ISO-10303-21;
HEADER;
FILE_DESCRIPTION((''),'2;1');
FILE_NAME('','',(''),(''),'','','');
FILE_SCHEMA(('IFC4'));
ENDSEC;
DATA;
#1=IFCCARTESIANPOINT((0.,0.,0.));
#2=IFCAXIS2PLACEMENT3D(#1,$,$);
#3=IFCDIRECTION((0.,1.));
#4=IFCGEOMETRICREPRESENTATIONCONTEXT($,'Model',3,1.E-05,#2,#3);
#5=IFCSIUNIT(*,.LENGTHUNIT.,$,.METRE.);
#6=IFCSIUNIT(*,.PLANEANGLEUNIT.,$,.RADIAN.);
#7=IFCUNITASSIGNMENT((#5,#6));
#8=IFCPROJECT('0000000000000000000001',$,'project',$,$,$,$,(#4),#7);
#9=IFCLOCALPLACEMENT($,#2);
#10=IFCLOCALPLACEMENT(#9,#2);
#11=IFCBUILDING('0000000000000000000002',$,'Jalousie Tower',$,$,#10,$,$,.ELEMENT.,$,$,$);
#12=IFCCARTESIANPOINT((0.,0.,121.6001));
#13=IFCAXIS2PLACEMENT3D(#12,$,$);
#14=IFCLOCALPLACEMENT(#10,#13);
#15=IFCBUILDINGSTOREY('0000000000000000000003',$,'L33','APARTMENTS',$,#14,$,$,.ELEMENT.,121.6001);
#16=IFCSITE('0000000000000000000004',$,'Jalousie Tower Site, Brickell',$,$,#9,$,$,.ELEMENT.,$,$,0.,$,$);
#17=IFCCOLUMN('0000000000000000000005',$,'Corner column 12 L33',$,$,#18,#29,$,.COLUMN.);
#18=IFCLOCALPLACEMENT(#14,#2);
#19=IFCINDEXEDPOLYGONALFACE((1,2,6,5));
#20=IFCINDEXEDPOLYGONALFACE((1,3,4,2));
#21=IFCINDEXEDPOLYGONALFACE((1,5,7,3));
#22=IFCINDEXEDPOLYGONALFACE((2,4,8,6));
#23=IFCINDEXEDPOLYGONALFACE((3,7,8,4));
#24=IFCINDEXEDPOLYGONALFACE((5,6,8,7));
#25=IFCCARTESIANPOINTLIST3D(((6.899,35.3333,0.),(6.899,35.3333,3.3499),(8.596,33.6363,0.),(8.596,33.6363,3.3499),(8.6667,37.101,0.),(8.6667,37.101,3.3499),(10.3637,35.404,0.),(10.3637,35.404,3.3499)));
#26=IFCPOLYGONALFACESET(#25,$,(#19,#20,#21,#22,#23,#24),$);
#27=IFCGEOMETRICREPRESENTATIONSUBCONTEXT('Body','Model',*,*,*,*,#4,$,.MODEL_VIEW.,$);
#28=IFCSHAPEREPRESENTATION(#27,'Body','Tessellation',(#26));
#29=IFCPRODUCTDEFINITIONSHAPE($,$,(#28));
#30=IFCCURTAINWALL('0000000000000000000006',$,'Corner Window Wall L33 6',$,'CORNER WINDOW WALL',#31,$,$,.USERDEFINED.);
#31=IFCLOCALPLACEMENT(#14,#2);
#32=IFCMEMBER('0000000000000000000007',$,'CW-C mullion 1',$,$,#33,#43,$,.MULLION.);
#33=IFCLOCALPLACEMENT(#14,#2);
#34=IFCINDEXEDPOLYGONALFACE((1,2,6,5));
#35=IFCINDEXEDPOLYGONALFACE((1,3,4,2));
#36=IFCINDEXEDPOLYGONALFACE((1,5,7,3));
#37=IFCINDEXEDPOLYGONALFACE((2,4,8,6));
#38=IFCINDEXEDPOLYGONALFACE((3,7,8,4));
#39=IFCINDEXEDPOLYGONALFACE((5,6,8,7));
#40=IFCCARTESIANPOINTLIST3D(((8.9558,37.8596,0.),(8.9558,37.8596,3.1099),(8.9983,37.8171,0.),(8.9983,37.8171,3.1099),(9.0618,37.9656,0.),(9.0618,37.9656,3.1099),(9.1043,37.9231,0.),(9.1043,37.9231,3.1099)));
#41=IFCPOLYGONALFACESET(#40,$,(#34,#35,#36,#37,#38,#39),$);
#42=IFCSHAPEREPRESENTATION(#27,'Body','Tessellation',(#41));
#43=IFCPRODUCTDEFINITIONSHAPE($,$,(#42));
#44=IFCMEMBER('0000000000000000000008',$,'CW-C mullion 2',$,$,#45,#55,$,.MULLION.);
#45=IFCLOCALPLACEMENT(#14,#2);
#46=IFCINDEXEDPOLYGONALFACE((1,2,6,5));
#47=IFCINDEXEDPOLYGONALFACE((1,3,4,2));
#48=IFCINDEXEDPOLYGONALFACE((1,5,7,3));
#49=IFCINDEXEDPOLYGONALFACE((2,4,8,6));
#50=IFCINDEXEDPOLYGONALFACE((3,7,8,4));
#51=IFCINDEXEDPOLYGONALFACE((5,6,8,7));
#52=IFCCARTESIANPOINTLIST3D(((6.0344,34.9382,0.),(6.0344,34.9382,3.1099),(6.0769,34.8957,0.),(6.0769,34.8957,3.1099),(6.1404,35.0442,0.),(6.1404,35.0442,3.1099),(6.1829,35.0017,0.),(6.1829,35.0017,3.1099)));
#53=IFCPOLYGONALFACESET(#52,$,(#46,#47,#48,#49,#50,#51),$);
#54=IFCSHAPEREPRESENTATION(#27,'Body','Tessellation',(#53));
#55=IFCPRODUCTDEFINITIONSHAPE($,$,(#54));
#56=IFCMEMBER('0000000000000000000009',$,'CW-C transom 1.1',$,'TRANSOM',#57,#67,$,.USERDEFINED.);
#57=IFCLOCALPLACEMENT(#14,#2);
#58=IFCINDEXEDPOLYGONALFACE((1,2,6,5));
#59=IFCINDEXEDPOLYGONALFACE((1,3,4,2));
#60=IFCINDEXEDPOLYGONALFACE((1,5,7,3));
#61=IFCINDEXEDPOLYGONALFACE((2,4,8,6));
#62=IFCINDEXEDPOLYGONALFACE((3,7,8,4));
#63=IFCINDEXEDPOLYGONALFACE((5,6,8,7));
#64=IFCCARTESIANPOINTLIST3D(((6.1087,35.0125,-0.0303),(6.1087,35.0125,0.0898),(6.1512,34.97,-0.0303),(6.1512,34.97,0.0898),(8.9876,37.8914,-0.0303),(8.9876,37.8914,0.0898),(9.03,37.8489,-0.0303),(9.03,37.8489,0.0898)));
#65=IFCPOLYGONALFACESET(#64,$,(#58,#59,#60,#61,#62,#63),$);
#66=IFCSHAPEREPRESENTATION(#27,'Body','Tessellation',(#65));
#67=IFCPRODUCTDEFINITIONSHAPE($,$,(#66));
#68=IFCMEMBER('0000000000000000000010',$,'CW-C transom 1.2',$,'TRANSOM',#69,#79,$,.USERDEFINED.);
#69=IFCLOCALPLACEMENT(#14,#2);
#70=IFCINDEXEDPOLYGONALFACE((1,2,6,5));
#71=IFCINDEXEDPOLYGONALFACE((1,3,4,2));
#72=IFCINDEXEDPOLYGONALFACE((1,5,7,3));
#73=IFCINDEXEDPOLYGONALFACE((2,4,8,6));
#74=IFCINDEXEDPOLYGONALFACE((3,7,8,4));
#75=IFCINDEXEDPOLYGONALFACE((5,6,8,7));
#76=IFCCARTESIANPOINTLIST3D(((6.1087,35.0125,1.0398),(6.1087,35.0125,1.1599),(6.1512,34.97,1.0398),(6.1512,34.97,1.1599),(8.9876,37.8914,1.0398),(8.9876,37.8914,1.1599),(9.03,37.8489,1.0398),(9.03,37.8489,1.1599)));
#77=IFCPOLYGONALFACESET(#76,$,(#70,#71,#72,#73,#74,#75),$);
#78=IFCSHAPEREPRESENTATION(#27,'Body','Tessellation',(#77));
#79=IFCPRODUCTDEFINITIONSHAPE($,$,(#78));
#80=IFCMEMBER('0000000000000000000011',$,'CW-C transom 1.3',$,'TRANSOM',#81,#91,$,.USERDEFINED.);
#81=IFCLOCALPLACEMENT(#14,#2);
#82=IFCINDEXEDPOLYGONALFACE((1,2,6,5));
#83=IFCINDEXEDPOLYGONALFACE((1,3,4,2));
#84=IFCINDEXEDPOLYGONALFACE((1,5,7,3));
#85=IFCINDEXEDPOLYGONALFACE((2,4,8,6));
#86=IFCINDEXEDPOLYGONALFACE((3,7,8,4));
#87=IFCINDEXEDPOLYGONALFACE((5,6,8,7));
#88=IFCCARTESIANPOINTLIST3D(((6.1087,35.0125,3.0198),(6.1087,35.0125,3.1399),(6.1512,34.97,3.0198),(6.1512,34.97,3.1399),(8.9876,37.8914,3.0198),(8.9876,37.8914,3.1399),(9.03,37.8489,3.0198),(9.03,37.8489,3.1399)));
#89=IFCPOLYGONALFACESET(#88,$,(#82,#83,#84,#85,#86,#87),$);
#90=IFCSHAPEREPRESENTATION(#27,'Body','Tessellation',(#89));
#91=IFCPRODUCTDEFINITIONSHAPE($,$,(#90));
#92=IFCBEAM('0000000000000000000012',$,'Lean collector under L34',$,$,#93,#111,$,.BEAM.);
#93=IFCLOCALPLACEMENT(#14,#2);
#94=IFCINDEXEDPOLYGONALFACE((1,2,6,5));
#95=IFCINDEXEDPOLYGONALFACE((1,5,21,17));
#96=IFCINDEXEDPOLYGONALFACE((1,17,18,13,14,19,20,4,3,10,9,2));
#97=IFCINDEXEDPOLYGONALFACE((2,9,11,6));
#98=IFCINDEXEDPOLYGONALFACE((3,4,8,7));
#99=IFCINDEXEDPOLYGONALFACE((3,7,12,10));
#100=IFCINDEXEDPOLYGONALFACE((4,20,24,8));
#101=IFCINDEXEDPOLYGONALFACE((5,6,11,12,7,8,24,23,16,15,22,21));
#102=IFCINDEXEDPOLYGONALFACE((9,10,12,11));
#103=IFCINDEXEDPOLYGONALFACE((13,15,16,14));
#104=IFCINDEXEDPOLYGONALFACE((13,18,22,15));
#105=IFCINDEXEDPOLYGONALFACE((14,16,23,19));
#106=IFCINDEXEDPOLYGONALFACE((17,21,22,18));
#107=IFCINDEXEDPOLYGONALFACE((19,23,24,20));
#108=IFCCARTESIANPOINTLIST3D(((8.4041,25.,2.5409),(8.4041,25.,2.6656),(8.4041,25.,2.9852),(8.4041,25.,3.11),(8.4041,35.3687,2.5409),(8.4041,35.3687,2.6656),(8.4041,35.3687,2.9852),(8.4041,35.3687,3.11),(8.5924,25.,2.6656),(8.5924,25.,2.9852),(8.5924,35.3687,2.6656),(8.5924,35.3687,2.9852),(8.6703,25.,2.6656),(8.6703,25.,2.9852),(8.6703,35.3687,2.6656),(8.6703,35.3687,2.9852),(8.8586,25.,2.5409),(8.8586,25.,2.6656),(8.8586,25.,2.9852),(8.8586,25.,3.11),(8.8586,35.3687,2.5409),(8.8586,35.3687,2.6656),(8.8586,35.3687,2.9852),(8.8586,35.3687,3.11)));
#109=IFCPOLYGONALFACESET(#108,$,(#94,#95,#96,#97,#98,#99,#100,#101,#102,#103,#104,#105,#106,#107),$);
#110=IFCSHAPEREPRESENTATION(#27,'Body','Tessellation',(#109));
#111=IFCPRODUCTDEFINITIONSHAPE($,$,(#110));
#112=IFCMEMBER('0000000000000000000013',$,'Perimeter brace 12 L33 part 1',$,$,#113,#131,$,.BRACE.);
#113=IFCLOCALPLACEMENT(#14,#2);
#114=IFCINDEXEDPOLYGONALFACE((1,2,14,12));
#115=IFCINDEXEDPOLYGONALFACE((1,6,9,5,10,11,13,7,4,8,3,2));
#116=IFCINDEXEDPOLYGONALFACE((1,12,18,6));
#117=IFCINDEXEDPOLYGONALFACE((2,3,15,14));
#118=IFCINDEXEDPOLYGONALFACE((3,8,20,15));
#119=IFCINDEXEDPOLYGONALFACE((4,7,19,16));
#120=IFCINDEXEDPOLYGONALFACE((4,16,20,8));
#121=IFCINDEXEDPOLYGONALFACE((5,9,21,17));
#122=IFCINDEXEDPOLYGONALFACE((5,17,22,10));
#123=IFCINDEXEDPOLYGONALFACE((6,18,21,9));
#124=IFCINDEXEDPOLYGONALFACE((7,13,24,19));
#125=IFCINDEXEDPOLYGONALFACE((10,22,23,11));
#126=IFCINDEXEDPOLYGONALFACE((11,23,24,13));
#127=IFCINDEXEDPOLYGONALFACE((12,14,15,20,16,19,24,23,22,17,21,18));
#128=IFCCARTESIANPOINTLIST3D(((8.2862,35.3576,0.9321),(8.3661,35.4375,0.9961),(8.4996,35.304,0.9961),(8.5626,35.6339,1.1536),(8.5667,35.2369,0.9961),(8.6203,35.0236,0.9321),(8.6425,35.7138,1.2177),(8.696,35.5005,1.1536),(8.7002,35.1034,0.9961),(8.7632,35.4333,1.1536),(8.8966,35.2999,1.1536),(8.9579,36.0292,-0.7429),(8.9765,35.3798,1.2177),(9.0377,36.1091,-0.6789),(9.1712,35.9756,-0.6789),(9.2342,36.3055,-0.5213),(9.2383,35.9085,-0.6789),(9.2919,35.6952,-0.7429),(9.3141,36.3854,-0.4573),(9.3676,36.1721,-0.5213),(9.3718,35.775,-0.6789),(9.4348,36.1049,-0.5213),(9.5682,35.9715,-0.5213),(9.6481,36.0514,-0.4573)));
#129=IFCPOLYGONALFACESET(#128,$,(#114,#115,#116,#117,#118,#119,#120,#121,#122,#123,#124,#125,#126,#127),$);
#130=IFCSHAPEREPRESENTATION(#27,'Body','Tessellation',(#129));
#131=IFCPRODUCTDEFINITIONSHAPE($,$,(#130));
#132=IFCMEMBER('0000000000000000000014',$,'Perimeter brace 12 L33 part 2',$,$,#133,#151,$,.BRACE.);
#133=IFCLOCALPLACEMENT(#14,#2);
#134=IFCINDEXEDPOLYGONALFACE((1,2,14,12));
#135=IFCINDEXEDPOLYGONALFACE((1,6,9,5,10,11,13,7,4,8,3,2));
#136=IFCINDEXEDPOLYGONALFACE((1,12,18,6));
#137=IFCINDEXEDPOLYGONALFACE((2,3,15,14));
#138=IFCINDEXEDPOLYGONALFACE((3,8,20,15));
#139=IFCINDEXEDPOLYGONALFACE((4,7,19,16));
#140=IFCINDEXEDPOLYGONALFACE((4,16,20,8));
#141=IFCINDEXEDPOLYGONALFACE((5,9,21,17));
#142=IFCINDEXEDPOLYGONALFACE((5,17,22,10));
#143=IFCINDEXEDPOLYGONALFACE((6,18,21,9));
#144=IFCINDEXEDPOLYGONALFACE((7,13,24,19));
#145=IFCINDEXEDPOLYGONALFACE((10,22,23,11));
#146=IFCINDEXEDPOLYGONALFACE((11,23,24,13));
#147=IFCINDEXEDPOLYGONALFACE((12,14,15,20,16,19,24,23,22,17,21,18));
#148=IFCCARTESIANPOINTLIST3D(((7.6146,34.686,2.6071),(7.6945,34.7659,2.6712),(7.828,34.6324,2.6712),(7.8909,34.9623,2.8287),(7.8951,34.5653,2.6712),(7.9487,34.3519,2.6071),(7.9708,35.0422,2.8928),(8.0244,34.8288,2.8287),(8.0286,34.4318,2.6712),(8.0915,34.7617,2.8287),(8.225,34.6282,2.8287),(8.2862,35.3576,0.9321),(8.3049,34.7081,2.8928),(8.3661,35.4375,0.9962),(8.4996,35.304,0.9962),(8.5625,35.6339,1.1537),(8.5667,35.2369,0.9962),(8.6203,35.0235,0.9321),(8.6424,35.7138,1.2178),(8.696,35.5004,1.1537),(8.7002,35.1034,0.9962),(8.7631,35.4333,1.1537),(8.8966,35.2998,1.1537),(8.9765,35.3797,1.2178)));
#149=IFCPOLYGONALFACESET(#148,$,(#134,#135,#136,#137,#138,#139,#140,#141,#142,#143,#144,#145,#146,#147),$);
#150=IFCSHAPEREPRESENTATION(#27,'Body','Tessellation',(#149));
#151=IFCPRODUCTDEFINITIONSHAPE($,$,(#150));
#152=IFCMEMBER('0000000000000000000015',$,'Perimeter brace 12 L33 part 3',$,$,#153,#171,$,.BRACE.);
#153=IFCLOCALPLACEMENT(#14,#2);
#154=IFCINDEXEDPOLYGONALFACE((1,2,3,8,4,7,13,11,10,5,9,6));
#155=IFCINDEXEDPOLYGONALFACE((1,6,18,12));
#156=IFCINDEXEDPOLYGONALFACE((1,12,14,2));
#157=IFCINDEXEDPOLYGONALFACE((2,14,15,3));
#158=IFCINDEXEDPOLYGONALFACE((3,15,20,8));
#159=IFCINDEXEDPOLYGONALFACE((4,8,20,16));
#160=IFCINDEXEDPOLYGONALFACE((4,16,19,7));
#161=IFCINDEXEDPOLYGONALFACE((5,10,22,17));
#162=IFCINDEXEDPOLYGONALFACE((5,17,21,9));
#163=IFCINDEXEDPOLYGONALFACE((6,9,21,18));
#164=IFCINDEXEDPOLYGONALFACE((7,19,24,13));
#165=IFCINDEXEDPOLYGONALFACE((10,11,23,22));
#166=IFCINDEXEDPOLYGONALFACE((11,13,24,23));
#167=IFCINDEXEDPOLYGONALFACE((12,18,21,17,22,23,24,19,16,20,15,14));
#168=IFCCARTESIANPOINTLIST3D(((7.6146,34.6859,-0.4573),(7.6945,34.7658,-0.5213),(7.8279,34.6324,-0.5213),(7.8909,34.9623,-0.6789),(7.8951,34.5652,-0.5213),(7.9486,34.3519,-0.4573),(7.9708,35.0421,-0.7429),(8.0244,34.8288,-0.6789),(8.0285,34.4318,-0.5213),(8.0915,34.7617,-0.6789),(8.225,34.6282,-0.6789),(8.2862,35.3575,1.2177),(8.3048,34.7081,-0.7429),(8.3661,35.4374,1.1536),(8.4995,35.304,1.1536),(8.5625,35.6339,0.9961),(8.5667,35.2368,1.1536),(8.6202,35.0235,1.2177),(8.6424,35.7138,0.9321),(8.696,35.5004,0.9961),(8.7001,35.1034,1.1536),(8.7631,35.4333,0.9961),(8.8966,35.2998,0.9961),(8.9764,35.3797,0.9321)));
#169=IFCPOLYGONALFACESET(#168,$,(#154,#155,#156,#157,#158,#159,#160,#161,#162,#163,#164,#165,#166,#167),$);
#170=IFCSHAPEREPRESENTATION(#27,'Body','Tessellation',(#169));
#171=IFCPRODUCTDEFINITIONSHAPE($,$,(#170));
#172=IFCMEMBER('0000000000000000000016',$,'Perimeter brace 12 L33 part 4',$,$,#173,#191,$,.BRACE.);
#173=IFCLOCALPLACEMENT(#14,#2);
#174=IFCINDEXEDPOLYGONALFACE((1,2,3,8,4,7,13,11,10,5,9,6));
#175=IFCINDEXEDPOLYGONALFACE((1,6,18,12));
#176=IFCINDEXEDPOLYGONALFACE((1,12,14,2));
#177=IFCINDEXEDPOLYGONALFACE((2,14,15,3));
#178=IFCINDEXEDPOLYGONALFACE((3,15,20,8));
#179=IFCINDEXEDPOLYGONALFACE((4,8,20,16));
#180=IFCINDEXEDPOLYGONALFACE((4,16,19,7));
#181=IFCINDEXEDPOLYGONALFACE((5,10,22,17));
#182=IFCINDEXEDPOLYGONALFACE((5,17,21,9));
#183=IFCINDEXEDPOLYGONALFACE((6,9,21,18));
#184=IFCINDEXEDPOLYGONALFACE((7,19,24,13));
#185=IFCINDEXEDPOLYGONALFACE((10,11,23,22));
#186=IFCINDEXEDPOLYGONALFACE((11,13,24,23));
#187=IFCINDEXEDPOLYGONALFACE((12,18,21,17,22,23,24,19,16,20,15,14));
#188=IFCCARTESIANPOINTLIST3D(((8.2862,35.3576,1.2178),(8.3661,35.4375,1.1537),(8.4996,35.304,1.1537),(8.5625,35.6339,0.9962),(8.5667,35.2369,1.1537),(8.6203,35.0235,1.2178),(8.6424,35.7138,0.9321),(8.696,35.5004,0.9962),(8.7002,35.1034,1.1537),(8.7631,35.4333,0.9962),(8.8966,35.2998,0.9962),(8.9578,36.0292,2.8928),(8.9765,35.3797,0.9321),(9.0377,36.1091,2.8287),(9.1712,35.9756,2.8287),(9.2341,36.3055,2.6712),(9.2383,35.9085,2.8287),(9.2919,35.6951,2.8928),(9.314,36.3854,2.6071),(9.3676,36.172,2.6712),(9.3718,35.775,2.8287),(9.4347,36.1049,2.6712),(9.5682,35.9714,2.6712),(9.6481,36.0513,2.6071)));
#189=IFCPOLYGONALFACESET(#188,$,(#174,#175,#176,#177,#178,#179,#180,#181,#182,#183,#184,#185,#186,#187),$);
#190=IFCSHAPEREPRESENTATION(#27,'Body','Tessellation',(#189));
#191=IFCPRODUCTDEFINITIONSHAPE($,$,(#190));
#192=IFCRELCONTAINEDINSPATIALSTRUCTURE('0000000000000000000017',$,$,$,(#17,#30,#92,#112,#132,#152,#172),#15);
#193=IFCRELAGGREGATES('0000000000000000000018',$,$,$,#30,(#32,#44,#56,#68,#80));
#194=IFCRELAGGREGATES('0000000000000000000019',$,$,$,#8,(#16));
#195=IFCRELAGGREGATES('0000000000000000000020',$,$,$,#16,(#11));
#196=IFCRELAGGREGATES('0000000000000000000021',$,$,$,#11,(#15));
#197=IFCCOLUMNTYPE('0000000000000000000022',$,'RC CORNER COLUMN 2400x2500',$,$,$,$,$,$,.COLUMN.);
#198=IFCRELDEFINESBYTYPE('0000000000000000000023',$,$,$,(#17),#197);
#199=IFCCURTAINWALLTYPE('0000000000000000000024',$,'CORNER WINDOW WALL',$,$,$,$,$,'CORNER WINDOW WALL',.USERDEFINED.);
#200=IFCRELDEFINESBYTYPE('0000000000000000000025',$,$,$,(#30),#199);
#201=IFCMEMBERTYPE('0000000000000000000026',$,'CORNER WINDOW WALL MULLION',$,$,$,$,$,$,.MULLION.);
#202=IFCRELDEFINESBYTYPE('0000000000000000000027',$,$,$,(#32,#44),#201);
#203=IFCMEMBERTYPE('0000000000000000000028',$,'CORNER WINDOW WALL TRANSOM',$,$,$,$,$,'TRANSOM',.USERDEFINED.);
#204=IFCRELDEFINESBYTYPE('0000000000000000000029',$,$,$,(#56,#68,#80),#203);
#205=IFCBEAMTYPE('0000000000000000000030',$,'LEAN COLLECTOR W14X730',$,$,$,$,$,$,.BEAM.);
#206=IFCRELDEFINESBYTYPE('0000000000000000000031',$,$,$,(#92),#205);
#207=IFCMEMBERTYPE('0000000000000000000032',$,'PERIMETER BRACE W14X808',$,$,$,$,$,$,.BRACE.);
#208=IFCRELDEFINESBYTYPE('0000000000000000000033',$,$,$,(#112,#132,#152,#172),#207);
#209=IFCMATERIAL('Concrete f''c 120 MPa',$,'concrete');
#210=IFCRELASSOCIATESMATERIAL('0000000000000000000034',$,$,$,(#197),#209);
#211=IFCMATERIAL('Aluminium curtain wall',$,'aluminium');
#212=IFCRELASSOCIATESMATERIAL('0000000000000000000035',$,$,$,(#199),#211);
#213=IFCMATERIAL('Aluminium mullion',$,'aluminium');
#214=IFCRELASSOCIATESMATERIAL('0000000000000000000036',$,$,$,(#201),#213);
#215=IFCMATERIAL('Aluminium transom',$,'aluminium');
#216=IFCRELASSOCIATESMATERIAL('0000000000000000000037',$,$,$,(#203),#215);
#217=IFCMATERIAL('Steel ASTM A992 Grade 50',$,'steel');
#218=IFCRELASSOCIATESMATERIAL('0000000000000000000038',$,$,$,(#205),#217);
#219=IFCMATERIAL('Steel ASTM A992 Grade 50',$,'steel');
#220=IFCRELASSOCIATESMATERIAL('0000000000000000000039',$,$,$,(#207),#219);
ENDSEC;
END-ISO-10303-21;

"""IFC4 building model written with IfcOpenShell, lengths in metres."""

from ifc_helpers import new_model, si_unit, direction, frame, origin, origin_2d, place, context, subcontext, project, spatial, rectangle, i_section, extrude, material, material_profile, profile_set, type_object, element, aggregate, save


model = new_model("IFC4")

# Units and contexts
model_context = context("Model", 3, precision=1e-05, world=origin(), true_north=direction((0.0, 1.0)))
body_context = subcontext(model_context, "Body", "Model", "MODEL_VIEW")
ifc_project = project(units=[si_unit("LENGTHUNIT", "METRE"), si_unit("PLANEANGLEUNIT", "RADIAN")], contexts=[model_context])

# Site, building, storey
site_placement = place(None, origin())
site = spatial("IfcSite", under=ifc_project, at=site_placement, Name="Jalousie Tower Site, Brickell", CompositionType="ELEMENT", RefElevation=0.0)
building_placement = place(site_placement, origin())
building = spatial("IfcBuilding", under=site, at=building_placement, Name="Jalousie Tower", CompositionType="ELEMENT")
storey_placement = place(building_placement, frame((0.0, 0.0, 121.6001)))
storey = spatial("IfcBuildingStorey", under=building, at=storey_placement, Name="L33", Description="APARTMENTS", CompositionType="ELEMENT", Elevation=121.6001)

# Column
ifc_material_1 = material(Name="Concrete f'c 120 MPa", Category="concrete")
ifc_material_profile_1 = material_profile(ifc_material_1, rectangle(XDim=2.3999, YDim=2.5, at=origin_2d()), Name="RC 2400x2500")
ifc_profile_set_1 = profile_set([ifc_material_profile_1], Name="Concrete f'c 120 MPa")
column_type = type_object("IfcColumnType", Name="RC CORNER COLUMN 2400x2500", PredefinedType="COLUMN", material=ifc_profile_set_1)
column_placement = place(storey_placement, frame((8.6313, 35.3687, 0.0), z_axis=(0.0, 0.0, 1.0), x_axis=(0.707107, -0.707107, 0.0)))
element("IfcColumn", 1, at=column_placement, inside=storey, type_object=column_type, Name="Corner column 12 L33", PredefinedType="COLUMN", context=body_context, shape_type="SweptSolid", body=[
    extrude(rectangle(XDim=2.3999, YDim=2.5, at=origin_2d()), origin(), (0.0, 0.0, 1.0), 3.3499),
])

# Curtain wall, members
ifc_material_2 = material(Name="Aluminium curtain wall", Category="aluminium")
curtain_wall_type_1 = type_object("IfcCurtainWallType", Name="CORNER WINDOW WALL", ElementType="CORNER WINDOW WALL", PredefinedType="USERDEFINED", material=ifc_material_2)
curtain_wall_1_placement = place(storey_placement, origin())
curtain_wall_1 = element("IfcCurtainWall", 2, at=curtain_wall_1_placement, inside=storey, type_object=curtain_wall_type_1, Name="Corner Window Wall L33 6", ObjectType="CORNER WINDOW WALL", PredefinedType="USERDEFINED")
ifc_material_3 = material(Name="Aluminium mullion", Category="aluminium")
ifc_material_profile_2 = material_profile(ifc_material_3, rectangle(XDim=0.0601, YDim=0.1499, at=origin_2d()), Name="MULLION 60x150")
ifc_profile_set_2 = profile_set([ifc_material_profile_2], Name="Aluminium mullion")
member_type_1 = type_object("IfcMemberType", Name="CORNER WINDOW WALL MULLION", PredefinedType="MULLION", material=ifc_profile_set_2)
member_1_placement = place(storey_placement, frame((9.03, 37.8914, 0.0), z_axis=(0.0, 0.0, 1.0), x_axis=(0.707107, -0.707107, 0.0)))
member_1 = element("IfcMember", 3, at=member_1_placement, type_object=member_type_1, Name="CW-C mullion 1", PredefinedType="MULLION", context=body_context, shape_type="SweptSolid", body=[
    extrude(rectangle(XDim=0.0601, YDim=0.1499, at=origin_2d()), origin(), (0.0, 0.0, 1.0), 3.1099),
])
member_2_placement = place(storey_placement, frame((6.1086, 34.97, 0.0), z_axis=(0.0, 0.0, 1.0), x_axis=(0.707107, -0.707107, 0.0)))
member_2 = element("IfcMember", 4, at=member_2_placement, type_object=member_type_1, Name="CW-C mullion 2", PredefinedType="MULLION", context=body_context, shape_type="SweptSolid", body=[
    extrude(rectangle(XDim=0.0601, YDim=0.1499, at=origin_2d()), origin(), (0.0, 0.0, 1.0), 3.1099),
])
ifc_material_4 = material(Name="Aluminium transom", Category="aluminium")
ifc_material_profile_3 = material_profile(ifc_material_4, rectangle(XDim=0.0601, YDim=0.1201, at=origin_2d()), Name="TRANSOM 60x120")
ifc_profile_set_3 = profile_set([ifc_material_profile_3], Name="Aluminium transom")
member_type_2 = type_object("IfcMemberType", Name="CORNER WINDOW WALL TRANSOM", ElementType="TRANSOM", PredefinedType="USERDEFINED", material=ifc_profile_set_3)
member_3_placement = place(storey_placement, frame((9.0088, 37.8701, 0.0298), z_axis=(-0.707107, -0.707107, 0.0), x_axis=(0.707107, -0.707107, 0.0)))
member_3 = element("IfcMember", 5, at=member_3_placement, type_object=member_type_2, Name="CW-C transom 1.1", ObjectType="TRANSOM", PredefinedType="USERDEFINED", context=body_context, shape_type="SweptSolid", body=[
    extrude(rectangle(XDim=0.0601, YDim=0.1201, at=origin_2d()), origin(), (0.0, 0.0, 1.0), 4.0713),
])
member_4_placement = place(storey_placement, frame((9.0088, 37.8701, 1.0999), z_axis=(-0.707107, -0.707107, 0.0), x_axis=(0.707107, -0.707107, 0.0)))
member_4 = element("IfcMember", 6, at=member_4_placement, type_object=member_type_2, Name="CW-C transom 1.2", ObjectType="TRANSOM", PredefinedType="USERDEFINED", context=body_context, shape_type="SweptSolid", body=[
    extrude(rectangle(XDim=0.0601, YDim=0.1201, at=origin_2d()), origin(), (0.0, 0.0, 1.0), 4.0713),
])
member_5_placement = place(storey_placement, frame((9.0088, 37.8701, 3.0798), z_axis=(-0.707107, -0.707107, 0.0), x_axis=(0.707107, -0.707107, 0.0)))
member_5 = element("IfcMember", 7, at=member_5_placement, type_object=member_type_2, Name="CW-C transom 1.3", ObjectType="TRANSOM", PredefinedType="USERDEFINED", context=body_context, shape_type="SweptSolid", body=[
    extrude(rectangle(XDim=0.0601, YDim=0.1201, at=origin_2d()), origin(), (0.0, 0.0, 1.0), 4.0713),
])

# Beam
ifc_material_5 = material(Name="Steel ASTM A992 Grade 50", Category="steel")
ifc_material_profile_4 = material_profile(ifc_material_5, i_section(OverallWidth=0.4546, OverallDepth=0.5691, WebThickness=0.0779, FlangeThickness=0.1248, at=origin_2d()), Name="W14X730")
ifc_profile_set_4 = profile_set([ifc_material_profile_4], Name="Steel ASTM A992 Grade 50")
beam_type_1 = type_object("IfcBeamType", Name="LEAN COLLECTOR W14X730", PredefinedType="BEAM", material=ifc_profile_set_4)
beam_1_placement = place(storey_placement, frame((8.6313, 35.3687, 2.8254), z_axis=(0.0, -1.0, 0.0), x_axis=(1.0, 0.0, 0.0)))
element("IfcBeam", 8, at=beam_1_placement, inside=storey, type_object=beam_type_1, Name="Lean collector under L34", PredefinedType="BEAM", context=body_context, shape_type="SweptSolid", body=[
    extrude(i_section(OverallWidth=0.4546, OverallDepth=0.5691, WebThickness=0.0779, FlangeThickness=0.1248, at=origin_2d()), origin(), (0.0, 0.0, 1.0), 10.3687),
])

# Members
ifc_material_6 = material(Name="Steel ASTM A992 Grade 50", Category="steel")
ifc_material_profile_5 = material_profile(ifc_material_6, i_section(OverallWidth=0.4724, OverallDepth=0.5791, WebThickness=0.095, FlangeThickness=0.1299, at=origin_2d()), Name="W14X808")
ifc_profile_set_5 = profile_set([ifc_material_profile_5], Name="Steel ASTM A992 Grade 50")
member_type_3 = type_object("IfcMemberType", Name="PERIMETER BRACE W14X808", PredefinedType="BRACE", material=ifc_profile_set_5)
for number, where, z_axis, x_axis, name in (
    (9, (9.303, 36.0403, -0.6001), (-0.348789, -0.348789, 0.869881), (0.707107, -0.707107, 0.0), "Perimeter brace 12 L33 part 1"),
    (10, (8.6313, 35.3687, 1.075), (-0.348789, -0.348789, 0.869881), (0.707107, -0.707107, 0.0), "Perimeter brace 12 L33 part 2"),
    (11, (7.9597, 34.697, -0.6001), (0.348789, 0.348789, 0.869881), (-0.707107, 0.707107, 0.0), "Perimeter brace 12 L33 part 3"),
    (12, (8.6313, 35.3687, 1.075), (0.348789, 0.348789, 0.869881), (-0.707107, 0.707107, 0.0), "Perimeter brace 12 L33 part 4"),
):
    element("IfcMember", number, at=place(storey_placement, frame(where, z_axis=z_axis, x_axis=x_axis)), inside=storey, type_object=member_type_3, Name=name, PredefinedType="BRACE", context=body_context, shape_type="SweptSolid", body=[
        extrude(i_section(OverallWidth=0.4724, OverallDepth=0.5791, WebThickness=0.095, FlangeThickness=0.1299, at=origin_2d()), origin(), (0.0, 0.0, 1.0), 1.9255),
    ])

aggregate(curtain_wall_1, [member_1, member_2, member_3, member_4, member_5])

save(model, "model.ifc")
